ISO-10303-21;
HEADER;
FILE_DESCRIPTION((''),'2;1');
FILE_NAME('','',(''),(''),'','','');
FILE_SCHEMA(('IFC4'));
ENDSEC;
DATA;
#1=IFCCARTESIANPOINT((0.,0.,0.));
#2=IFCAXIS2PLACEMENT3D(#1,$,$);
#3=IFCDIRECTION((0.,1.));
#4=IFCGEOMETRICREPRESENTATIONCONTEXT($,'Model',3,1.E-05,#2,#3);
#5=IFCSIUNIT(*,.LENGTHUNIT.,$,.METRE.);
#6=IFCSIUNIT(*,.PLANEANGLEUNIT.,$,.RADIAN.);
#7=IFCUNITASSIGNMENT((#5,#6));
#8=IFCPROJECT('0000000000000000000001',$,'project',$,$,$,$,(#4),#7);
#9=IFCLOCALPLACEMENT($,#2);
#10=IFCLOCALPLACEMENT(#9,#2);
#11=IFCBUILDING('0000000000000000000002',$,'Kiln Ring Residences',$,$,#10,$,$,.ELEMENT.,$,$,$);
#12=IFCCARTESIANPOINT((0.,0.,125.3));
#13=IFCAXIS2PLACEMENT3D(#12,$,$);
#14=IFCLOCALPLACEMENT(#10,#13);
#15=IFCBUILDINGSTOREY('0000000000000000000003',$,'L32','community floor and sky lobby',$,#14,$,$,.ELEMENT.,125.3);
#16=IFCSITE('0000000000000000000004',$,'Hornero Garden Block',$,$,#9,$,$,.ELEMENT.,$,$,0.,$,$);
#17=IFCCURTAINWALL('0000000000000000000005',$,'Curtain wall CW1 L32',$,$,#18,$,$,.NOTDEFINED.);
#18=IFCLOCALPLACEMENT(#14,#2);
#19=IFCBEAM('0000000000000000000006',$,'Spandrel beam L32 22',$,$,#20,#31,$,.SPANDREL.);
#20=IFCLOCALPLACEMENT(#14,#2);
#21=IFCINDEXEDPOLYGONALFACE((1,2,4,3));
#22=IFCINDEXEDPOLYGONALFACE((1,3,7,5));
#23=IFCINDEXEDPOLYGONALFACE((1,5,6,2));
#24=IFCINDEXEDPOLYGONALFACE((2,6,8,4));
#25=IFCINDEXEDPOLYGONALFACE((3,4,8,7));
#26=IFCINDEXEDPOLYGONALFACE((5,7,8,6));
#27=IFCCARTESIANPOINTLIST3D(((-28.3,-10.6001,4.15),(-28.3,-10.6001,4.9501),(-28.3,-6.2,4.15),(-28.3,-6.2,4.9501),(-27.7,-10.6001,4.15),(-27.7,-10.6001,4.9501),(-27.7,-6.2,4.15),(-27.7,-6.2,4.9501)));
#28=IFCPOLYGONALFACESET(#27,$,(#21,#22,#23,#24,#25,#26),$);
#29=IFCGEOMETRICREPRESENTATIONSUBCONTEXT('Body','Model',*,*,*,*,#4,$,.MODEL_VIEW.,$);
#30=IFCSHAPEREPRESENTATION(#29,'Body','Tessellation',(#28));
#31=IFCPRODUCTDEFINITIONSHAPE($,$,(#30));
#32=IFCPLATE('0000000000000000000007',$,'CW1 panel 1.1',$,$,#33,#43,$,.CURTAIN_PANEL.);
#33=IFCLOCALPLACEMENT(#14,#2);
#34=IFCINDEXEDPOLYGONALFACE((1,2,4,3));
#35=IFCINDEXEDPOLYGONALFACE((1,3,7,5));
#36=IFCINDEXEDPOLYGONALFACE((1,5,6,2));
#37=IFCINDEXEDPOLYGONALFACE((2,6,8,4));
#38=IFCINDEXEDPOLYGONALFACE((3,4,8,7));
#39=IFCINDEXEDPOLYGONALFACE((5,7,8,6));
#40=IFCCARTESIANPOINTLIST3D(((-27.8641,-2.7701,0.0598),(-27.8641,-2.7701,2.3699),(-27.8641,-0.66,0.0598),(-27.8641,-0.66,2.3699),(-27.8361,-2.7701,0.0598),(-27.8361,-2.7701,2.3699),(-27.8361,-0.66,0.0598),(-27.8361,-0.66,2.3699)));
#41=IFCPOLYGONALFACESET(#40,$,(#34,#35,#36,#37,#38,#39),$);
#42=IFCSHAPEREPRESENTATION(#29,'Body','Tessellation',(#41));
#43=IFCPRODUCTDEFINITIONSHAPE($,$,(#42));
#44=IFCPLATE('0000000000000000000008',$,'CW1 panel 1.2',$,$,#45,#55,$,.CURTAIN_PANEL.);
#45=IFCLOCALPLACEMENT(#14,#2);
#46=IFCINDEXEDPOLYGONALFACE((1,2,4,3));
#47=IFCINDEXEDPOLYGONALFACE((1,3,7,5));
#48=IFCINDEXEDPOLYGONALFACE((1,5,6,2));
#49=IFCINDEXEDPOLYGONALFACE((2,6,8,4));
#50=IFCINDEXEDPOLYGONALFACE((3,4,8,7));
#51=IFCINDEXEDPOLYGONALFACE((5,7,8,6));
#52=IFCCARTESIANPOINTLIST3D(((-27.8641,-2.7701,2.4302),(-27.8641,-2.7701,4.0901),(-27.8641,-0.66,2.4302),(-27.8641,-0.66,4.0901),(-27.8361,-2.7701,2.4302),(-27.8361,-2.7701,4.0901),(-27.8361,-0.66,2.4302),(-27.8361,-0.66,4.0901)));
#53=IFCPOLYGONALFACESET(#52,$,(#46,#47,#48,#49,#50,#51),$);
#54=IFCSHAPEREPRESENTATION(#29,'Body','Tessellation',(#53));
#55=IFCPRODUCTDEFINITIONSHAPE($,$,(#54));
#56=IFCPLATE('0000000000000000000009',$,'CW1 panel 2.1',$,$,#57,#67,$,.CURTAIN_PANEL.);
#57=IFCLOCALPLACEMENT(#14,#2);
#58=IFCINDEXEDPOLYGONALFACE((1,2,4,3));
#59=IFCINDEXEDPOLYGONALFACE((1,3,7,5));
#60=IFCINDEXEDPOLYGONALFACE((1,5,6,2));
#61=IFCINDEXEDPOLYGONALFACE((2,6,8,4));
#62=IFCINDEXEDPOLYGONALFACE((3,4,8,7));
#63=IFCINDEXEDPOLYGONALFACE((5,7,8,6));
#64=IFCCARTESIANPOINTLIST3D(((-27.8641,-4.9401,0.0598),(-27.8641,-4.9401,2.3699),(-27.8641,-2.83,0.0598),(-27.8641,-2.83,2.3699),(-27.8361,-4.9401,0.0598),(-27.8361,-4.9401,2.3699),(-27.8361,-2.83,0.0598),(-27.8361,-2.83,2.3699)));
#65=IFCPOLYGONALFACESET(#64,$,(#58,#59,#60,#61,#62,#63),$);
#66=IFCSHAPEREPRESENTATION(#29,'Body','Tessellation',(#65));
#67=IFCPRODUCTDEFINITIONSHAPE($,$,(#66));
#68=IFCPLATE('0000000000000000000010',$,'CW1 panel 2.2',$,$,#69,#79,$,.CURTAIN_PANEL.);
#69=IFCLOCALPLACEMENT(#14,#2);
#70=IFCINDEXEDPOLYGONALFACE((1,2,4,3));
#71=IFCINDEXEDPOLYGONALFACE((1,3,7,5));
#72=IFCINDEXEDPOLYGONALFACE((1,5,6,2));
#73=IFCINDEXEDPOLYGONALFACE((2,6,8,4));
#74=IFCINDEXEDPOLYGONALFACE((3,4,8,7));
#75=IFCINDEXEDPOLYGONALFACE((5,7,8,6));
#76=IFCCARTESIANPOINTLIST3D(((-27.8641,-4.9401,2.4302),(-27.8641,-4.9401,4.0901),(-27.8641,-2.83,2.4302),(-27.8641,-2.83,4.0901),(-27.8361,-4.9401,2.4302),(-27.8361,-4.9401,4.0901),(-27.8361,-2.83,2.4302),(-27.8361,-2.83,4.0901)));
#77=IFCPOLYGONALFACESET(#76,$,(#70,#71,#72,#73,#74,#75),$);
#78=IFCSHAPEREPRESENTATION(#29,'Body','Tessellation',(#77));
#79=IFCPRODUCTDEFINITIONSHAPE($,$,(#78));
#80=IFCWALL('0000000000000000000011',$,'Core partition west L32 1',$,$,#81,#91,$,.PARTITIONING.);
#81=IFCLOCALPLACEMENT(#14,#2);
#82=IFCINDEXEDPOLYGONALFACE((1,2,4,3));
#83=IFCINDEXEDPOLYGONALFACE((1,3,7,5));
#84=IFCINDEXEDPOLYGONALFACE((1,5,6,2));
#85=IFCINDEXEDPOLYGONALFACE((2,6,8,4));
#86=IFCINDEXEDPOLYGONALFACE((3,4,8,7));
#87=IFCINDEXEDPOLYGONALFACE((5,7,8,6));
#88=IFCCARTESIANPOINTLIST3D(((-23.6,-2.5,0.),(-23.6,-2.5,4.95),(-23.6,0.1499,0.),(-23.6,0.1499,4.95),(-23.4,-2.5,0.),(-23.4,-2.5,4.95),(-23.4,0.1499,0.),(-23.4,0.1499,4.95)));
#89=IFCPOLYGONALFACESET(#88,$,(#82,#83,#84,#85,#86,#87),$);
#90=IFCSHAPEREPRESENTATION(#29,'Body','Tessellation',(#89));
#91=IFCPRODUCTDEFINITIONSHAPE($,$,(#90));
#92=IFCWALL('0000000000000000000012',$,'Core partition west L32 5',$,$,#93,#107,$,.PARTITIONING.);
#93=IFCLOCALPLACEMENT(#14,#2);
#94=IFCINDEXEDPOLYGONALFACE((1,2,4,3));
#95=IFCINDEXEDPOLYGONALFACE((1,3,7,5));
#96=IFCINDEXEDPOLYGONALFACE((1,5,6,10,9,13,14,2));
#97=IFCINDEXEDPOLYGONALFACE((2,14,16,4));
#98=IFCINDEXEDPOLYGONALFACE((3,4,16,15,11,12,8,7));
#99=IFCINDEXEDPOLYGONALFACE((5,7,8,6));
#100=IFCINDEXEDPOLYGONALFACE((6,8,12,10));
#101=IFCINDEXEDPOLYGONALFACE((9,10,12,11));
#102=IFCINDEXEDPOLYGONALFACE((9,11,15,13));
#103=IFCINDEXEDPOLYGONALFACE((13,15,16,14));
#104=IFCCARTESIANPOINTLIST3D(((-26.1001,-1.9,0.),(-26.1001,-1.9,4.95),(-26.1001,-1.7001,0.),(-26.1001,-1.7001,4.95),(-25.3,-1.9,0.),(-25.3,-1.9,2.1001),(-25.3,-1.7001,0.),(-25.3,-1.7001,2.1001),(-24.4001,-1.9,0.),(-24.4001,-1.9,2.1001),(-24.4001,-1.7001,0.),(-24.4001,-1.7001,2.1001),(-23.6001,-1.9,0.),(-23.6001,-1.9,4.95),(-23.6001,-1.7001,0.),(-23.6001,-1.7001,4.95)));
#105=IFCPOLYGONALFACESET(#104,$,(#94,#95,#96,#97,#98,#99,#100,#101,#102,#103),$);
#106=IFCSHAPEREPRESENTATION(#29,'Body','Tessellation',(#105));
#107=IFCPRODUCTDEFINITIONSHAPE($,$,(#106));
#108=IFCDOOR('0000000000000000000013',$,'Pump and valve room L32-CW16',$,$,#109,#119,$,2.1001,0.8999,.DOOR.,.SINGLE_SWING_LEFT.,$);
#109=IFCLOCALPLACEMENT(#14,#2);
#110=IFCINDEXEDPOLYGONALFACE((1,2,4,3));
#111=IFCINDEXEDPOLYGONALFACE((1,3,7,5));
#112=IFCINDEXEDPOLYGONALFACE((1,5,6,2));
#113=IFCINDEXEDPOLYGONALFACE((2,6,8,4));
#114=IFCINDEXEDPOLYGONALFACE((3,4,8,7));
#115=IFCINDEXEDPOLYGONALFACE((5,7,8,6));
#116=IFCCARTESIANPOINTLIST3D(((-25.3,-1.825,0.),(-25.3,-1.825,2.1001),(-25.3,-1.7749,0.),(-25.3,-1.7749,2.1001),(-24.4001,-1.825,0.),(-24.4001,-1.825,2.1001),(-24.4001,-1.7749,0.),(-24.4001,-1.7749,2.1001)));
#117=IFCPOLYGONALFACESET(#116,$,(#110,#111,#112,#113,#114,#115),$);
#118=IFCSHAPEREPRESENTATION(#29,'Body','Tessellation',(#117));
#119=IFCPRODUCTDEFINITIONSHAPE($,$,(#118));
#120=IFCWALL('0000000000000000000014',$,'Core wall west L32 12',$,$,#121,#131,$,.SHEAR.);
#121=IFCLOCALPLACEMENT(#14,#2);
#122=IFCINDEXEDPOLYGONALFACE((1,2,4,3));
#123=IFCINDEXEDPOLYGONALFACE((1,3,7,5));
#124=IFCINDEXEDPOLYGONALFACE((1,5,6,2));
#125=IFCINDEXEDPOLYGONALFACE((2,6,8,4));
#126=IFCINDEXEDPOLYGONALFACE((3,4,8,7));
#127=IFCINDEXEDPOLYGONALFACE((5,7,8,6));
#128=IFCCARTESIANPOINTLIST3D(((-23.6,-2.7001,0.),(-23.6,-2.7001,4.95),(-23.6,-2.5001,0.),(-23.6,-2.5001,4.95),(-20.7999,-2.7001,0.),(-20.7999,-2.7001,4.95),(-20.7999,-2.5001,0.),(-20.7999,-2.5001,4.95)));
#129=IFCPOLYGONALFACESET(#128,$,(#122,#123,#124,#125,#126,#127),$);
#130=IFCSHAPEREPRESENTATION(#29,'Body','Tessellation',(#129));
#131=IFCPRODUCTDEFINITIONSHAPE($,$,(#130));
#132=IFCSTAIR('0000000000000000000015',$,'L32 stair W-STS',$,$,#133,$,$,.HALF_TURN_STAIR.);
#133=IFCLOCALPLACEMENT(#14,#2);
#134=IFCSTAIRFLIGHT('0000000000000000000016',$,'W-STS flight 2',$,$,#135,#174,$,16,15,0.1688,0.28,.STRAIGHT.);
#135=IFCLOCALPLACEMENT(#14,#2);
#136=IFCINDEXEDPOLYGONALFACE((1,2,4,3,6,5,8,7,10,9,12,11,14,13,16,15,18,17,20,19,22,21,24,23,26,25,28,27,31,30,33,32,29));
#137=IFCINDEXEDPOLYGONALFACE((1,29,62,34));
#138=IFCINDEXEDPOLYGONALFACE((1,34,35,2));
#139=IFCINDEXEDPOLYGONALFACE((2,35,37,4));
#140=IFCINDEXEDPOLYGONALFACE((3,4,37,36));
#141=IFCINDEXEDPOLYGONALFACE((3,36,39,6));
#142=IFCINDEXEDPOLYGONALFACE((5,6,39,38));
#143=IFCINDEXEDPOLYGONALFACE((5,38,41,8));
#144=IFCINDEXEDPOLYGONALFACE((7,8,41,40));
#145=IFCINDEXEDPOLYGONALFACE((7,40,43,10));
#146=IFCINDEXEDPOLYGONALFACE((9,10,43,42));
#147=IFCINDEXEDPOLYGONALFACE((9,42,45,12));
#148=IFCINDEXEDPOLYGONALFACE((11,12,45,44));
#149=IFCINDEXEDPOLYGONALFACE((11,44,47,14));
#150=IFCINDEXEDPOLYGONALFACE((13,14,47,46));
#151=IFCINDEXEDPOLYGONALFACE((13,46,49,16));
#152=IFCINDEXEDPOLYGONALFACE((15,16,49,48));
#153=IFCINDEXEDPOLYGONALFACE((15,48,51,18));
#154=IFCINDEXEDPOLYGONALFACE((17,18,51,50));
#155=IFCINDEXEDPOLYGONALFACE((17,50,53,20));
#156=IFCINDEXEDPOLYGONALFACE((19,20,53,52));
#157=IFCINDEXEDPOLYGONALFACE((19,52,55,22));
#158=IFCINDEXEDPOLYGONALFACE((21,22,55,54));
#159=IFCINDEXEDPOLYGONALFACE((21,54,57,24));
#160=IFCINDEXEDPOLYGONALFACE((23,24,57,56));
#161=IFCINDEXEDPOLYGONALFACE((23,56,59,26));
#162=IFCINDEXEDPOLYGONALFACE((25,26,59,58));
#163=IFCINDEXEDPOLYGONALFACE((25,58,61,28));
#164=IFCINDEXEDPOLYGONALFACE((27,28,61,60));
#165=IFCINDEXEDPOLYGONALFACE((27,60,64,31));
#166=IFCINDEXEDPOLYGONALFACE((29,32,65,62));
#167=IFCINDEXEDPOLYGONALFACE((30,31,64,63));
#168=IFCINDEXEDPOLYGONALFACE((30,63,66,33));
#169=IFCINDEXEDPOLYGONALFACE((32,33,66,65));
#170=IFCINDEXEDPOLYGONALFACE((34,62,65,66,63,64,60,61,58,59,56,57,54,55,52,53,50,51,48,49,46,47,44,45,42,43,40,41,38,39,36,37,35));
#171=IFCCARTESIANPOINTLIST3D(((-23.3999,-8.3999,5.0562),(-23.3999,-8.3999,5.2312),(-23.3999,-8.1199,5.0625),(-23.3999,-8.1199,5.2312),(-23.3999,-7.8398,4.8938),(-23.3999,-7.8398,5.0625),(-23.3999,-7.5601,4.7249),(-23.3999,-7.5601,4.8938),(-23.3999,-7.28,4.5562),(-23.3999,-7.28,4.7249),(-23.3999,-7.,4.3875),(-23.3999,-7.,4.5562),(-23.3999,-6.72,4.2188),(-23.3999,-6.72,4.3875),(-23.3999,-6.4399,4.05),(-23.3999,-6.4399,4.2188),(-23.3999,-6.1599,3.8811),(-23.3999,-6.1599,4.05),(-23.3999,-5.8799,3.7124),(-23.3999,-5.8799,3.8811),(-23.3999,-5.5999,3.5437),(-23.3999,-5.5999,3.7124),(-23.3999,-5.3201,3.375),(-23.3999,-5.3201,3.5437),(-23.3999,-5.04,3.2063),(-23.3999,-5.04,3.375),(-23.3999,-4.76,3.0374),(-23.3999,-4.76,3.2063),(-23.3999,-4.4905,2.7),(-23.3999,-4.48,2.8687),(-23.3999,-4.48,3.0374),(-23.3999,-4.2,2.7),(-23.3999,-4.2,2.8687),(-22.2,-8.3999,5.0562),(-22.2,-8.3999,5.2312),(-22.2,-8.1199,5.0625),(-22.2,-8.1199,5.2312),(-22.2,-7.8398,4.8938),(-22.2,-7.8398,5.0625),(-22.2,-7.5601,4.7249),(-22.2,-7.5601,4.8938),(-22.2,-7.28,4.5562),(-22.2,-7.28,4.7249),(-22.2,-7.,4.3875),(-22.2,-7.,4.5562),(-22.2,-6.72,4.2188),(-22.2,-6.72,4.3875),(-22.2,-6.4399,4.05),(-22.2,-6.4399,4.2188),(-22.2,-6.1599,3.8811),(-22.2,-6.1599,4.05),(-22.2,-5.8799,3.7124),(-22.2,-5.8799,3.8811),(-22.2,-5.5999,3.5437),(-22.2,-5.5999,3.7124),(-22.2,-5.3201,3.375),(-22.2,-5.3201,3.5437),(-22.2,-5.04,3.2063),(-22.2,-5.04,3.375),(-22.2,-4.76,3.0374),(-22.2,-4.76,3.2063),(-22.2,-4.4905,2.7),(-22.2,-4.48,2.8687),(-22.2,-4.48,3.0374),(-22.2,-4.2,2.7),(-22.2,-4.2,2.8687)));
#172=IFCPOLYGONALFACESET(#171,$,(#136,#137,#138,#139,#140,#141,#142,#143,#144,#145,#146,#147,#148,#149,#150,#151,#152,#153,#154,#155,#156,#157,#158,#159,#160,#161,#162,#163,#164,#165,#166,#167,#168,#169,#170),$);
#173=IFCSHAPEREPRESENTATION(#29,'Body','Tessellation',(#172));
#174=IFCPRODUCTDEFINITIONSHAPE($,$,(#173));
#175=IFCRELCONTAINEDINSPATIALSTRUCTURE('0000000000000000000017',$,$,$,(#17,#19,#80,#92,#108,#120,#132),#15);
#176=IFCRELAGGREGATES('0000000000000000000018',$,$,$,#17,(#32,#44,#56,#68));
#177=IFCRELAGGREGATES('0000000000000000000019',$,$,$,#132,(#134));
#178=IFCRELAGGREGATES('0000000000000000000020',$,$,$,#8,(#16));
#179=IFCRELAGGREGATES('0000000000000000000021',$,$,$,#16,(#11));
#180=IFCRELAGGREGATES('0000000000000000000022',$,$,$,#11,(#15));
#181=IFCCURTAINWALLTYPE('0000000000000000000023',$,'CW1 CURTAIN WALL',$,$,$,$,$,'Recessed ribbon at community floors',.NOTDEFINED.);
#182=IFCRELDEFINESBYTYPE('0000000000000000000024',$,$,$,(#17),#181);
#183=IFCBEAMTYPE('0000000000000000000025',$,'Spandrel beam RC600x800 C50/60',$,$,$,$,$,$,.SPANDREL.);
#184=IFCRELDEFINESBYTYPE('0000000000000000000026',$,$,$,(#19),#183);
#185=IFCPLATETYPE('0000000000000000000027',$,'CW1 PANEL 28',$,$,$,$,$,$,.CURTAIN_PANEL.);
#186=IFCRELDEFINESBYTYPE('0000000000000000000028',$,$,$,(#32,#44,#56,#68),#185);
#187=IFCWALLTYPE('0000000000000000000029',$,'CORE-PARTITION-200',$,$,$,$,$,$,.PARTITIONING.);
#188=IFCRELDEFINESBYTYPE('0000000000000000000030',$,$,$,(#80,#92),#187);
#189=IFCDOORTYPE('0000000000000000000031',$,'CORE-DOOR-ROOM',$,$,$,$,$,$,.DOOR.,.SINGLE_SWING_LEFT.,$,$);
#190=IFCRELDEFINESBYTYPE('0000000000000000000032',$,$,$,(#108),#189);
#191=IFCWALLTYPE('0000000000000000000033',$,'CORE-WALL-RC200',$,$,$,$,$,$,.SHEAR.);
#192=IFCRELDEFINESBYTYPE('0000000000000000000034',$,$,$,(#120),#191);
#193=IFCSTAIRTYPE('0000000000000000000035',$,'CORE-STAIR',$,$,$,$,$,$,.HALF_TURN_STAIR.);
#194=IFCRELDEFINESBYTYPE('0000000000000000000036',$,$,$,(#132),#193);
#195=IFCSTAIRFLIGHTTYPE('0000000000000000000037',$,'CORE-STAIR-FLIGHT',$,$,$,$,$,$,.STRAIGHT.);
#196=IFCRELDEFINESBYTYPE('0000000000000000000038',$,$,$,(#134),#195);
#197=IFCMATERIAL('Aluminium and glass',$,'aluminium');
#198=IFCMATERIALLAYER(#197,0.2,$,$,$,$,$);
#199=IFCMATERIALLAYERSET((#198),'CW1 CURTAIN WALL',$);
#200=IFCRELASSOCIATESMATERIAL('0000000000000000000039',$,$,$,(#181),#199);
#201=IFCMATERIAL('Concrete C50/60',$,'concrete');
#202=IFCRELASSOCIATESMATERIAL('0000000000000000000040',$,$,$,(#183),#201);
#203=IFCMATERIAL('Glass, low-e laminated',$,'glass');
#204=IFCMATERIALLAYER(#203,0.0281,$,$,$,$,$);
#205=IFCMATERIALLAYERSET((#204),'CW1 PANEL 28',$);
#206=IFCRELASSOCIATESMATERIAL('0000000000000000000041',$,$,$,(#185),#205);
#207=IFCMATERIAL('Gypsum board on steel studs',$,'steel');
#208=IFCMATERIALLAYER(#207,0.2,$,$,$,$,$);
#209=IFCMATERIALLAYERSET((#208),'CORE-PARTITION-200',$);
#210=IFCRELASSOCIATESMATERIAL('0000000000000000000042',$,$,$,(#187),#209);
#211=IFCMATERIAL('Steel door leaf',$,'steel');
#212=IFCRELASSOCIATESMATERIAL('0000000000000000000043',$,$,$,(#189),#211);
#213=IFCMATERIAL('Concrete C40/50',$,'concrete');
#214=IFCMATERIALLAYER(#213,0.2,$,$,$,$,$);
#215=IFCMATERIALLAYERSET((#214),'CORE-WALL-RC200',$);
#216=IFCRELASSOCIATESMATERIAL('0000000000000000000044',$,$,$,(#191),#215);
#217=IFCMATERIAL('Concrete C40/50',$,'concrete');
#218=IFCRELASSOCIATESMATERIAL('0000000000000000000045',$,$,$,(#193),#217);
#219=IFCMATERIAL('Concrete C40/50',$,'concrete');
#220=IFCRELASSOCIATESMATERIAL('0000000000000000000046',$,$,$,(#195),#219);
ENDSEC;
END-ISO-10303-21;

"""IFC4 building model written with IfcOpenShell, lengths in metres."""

from ifc_helpers import new_model, si_unit, direction, frame, frame_2d, origin, origin_2d, place, context, subcontext, project, spatial, polyline, rectangle, outline, extrude, material, layer, layer_set, material_profile, profile_set, type_object, element, fill, aggregate, save


model = new_model("IFC4")

# Units and contexts
model_context = context("Model", 3, precision=1e-05, world=origin(), true_north=direction((0.0, 1.0)))
body_context = subcontext(model_context, "Body", "Model", "MODEL_VIEW")
ifc_project = project(units=[si_unit("LENGTHUNIT", "METRE"), si_unit("PLANEANGLEUNIT", "RADIAN")], contexts=[model_context])

# Site, building, storey
site_placement = place(None, origin())
site = spatial("IfcSite", under=ifc_project, at=site_placement, Name="Hornero Garden Block", CompositionType="ELEMENT", RefElevation=0.0)
building_placement = place(site_placement, origin())
building = spatial("IfcBuilding", under=site, at=building_placement, Name="Kiln Ring Residences", CompositionType="ELEMENT")
storey_placement = place(building_placement, frame((0.0, 0.0, 125.3)))
storey = spatial("IfcBuildingStorey", under=building, at=storey_placement, Name="L32", Description="community floor and sky lobby", CompositionType="ELEMENT", Elevation=125.3)

# Curtain wall
ifc_material_1 = material(Name="Aluminium and glass", Category="aluminium")
ifc_layer_1 = layer(ifc_material_1, 0.2)
ifc_layer_set_1 = layer_set([ifc_layer_1], Name="CW1 CURTAIN WALL")
curtain_wall_type = type_object("IfcCurtainWallType", Name="CW1 CURTAIN WALL", ElementType="Recessed ribbon at community floors", PredefinedType="NOTDEFINED", material=ifc_layer_set_1)
placement = place(storey_placement, origin())
curtain_wall_1 = element("IfcCurtainWall", 1, at=placement, inside=storey, type_object=curtain_wall_type, Name="Curtain wall CW1 L32", PredefinedType="NOTDEFINED")

# Beam
ifc_material_2 = material(Name="Concrete C50/60", Category="concrete")
ifc_material_profile_1 = material_profile(ifc_material_2, rectangle(XDim=0.6001, YDim=0.8, at=origin_2d()), Name="RC600x800")
ifc_profile_set_1 = profile_set([ifc_material_profile_1], Name="Concrete C50/60")
beam_type = type_object("IfcBeamType", Name="Spandrel beam RC600x800 C50/60", PredefinedType="SPANDREL", material=ifc_profile_set_1)
beam_1_placement = place(storey_placement, frame((-28.0, -6.2, 4.55), z_axis=(0.0, -1.0, 0.0), x_axis=(1.0, 0.0, 0.0)))
element("IfcBeam", 2, at=beam_1_placement, inside=storey, type_object=beam_type, Name="Spandrel beam L32 22", PredefinedType="SPANDREL", context=body_context, shape_type="SweptSolid", body=[
    extrude(rectangle(XDim=0.6001, YDim=0.8, at=origin_2d()), origin(), (0.0, 0.0, 1.0), 4.4001),
])

# Plates
ifc_material_3 = material(Name="Glass, low-e laminated", Category="glass")
ifc_layer_2 = layer(ifc_material_3, 0.0281)
ifc_layer_set_2 = layer_set([ifc_layer_2], Name="CW1 PANEL 28")
plate_type = type_object("IfcPlateType", Name="CW1 PANEL 28", PredefinedType="CURTAIN_PANEL", material=ifc_layer_set_2)
plate_1_placement = place(storey_placement, frame((-27.8501, -1.7151, 0.0598), z_axis=(0.0, 0.0, 1.0), x_axis=(0.0, -1.0, 0.0)))
plate_1 = element("IfcPlate", 3, at=plate_1_placement, type_object=plate_type, Name="CW1 panel 1.1", PredefinedType="CURTAIN_PANEL", context=body_context, shape_type="SweptSolid", body=[
    extrude(rectangle(XDim=2.1101, YDim=0.0281, at=origin_2d()), origin(), (0.0, 0.0, 1.0), 2.3101),
])
plate_2_placement = place(storey_placement, frame((-27.8501, -1.7151, 2.4302), z_axis=(0.0, 0.0, 1.0), x_axis=(0.0, -1.0, 0.0)))
plate_2 = element("IfcPlate", 4, at=plate_2_placement, type_object=plate_type, Name="CW1 panel 1.2", PredefinedType="CURTAIN_PANEL", context=body_context, shape_type="SweptSolid", body=[
    extrude(rectangle(XDim=2.1101, YDim=0.0281, at=origin_2d()), origin(), (0.0, 0.0, 1.0), 1.6599),
])
plate_3_placement = place(storey_placement, frame((-27.8501, -3.885, 0.0598), z_axis=(0.0, 0.0, 1.0), x_axis=(0.0, -1.0, 0.0)))
plate_3 = element("IfcPlate", 5, at=plate_3_placement, type_object=plate_type, Name="CW1 panel 2.1", PredefinedType="CURTAIN_PANEL", context=body_context, shape_type="SweptSolid", body=[
    extrude(rectangle(XDim=2.1101, YDim=0.0281, at=origin_2d()), origin(), (0.0, 0.0, 1.0), 2.3101),
])
plate_4_placement = place(storey_placement, frame((-27.8501, -3.885, 2.4302), z_axis=(0.0, 0.0, 1.0), x_axis=(0.0, -1.0, 0.0)))
plate_4 = element("IfcPlate", 6, at=plate_4_placement, type_object=plate_type, Name="CW1 panel 2.2", PredefinedType="CURTAIN_PANEL", context=body_context, shape_type="SweptSolid", body=[
    extrude(rectangle(XDim=2.1101, YDim=0.0281, at=origin_2d()), origin(), (0.0, 0.0, 1.0), 1.6599),
])
aggregate(curtain_wall_1, [plate_1, plate_2, plate_3, plate_4])

# Wall
ifc_material_4 = material(Name="Gypsum board on steel studs", Category="steel")
ifc_layer_3 = layer(ifc_material_4, 0.2)
ifc_layer_set_3 = layer_set([ifc_layer_3], Name="CORE-PARTITION-200")
wall_type_1 = type_object("IfcWallType", Name="CORE-PARTITION-200", PredefinedType="PARTITIONING", material=ifc_layer_set_3)
wall_1_placement = place(storey_placement, frame((-23.5, -2.5, 0.0), z_axis=(0.0, 0.0, 1.0), x_axis=(0.0, 1.0, 0.0)))
element("IfcWall", 7, at=wall_1_placement, inside=storey, type_object=wall_type_1, Name="Core partition west L32 1", PredefinedType="PARTITIONING", context=body_context, shape_type="SweptSolid", body=[
    extrude(rectangle(XDim=2.6499, YDim=0.2, at=frame_2d((1.325, 0.0))), origin(), (0.0, 0.0, 1.0), 4.95),
])

# Wall, opening, door
wall_2_placement = place(storey_placement, frame((-23.6001, -1.8, 0.0), z_axis=(0.0, 0.0, 1.0), x_axis=(-1.0, 0.0, 0.0)))
wall_2 = element("IfcWall", 8, at=wall_2_placement, inside=storey, type_object=wall_type_1, Name="Core partition west L32 5", PredefinedType="PARTITIONING", context=body_context, shape_type="SweptSolid", body=[
    extrude(rectangle(XDim=2.5, YDim=0.2, at=frame_2d((1.25, 0.0))), origin(), (0.0, 0.0, 1.0), 4.95),
])
opening_placement = place(wall_2_placement, frame((0.8, 0.0, 0.0)))
opening = element("IfcOpeningElement", 9, at=opening_placement, cuts=wall_2, PredefinedType="OPENING", context=body_context, shape_type="SweptSolid", body=[
    extrude(rectangle(XDim=0.8999, YDim=2.1001, at=frame_2d((0.45, 1.05))), frame((0.0, 0.1099, 0.0), z_axis=(0.0, -1.0, 0.0), x_axis=(1.0, 0.0, 0.0)), (0.0, 0.0, 1.0), 0.22),
])
ifc_material_5 = material(Name="Steel door leaf", Category="steel")
door_type = type_object("IfcDoorType", Name="CORE-DOOR-ROOM", OperationType="SINGLE_SWING_LEFT", PredefinedType="DOOR", material=ifc_material_5)
door_placement = place(opening_placement, origin())
door = element("IfcDoor", 10, at=door_placement, inside=storey, type_object=door_type, Name="Pump and valve room L32-CW16", OperationType="SINGLE_SWING_LEFT", OverallHeight=2.1001, OverallWidth=0.8999, PredefinedType="DOOR", context=body_context, shape_type="SweptSolid", body=[
    extrude(rectangle(XDim=0.8999, YDim=2.1001, at=frame_2d((0.45, 1.05))), frame((0.0, 0.0249, 0.0), z_axis=(0.0, -1.0, 0.0), x_axis=(1.0, 0.0, 0.0)), (0.0, 0.0, 1.0), 0.05),
])
fill(opening, door)

# Wall
ifc_material_6 = material(Name="Concrete C40/50", Category="concrete")
ifc_layer_4 = layer(ifc_material_6, 0.2)
ifc_layer_set_4 = layer_set([ifc_layer_4], Name="CORE-WALL-RC200")
wall_type_2 = type_object("IfcWallType", Name="CORE-WALL-RC200", PredefinedType="SHEAR", material=ifc_layer_set_4)
wall_3_placement = place(storey_placement, frame((-20.8, -2.6001, 0.0), z_axis=(0.0, 0.0, 1.0), x_axis=(-1.0, 0.0, 0.0)))
element("IfcWall", 11, at=wall_3_placement, inside=storey, type_object=wall_type_2, Name="Core wall west L32 12", PredefinedType="SHEAR", context=body_context, shape_type="SweptSolid", body=[
    extrude(rectangle(XDim=2.8, YDim=0.2, at=frame_2d((1.3999, 0.0))), origin(), (0.0, 0.0, 1.0), 4.95),
])

# Stair, stair flight
ifc_material_7 = material(Name="Concrete C40/50", Category="concrete")
stair_type = type_object("IfcStairType", Name="CORE-STAIR", PredefinedType="HALF_TURN_STAIR", material=ifc_material_7)
stair = element("IfcStair", 12, at=placement, inside=storey, type_object=stair_type, Name="L32 stair W-STS", PredefinedType="HALF_TURN_STAIR")
ifc_material_8 = material(Name="Concrete C40/50", Category="concrete")
stair_flight_type = type_object("IfcStairFlightType", Name="CORE-STAIR-FLIGHT", PredefinedType="STRAIGHT", material=ifc_material_8)
stair_flight_placement = place(storey_placement, frame((-22.8, -4.2, 2.7), z_axis=(0.0, 0.0, 1.0), x_axis=(0.0, -1.0, 0.0)))
stair_flight = element("IfcStairFlight", 13, at=stair_flight_placement, type_object=stair_flight_type, Name="W-STS flight 2", NumberOfRisers=16, NumberOfTreads=15, PredefinedType="STRAIGHT", RiserHeight=0.1688, TreadLength=0.28, context=body_context, shape_type="SweptSolid", body=[
    extrude(outline(polyline([(0.0, 0.0), (0.0, 0.1687), (0.28, 0.1687), (0.28, 0.3374), (0.5601, 0.3374), (0.5601, 0.5063), (0.8401, 0.5063), (0.8401, 0.675), (1.1201, 0.675), (1.1201, 0.8438), (1.3999, 0.8438), (1.3999, 1.0125), (1.6799, 1.0125), (1.6799, 1.1812), (1.96, 1.1812), (1.96, 1.3501), (2.24, 1.3501), (2.24, 1.5188), (2.52, 1.5188), (2.52, 1.6875), (2.8, 1.6875), (2.8, 1.8562), (3.0801, 1.8562), (3.0801, 2.0249), (3.3601, 2.0249), (3.3601, 2.1938), (3.6399, 2.1938), (3.6399, 2.3625), (3.9199, 2.3625), (3.9199, 2.5312), (4.2, 2.5312), (4.2, 2.7), (4.2, 2.3562), (0.2905, 0.0), (0.0, 0.0)])), frame((0.0, 0.6001, 0.0), z_axis=(0.0, -1.0, 0.0), x_axis=(1.0, 0.0, 0.0)), (0.0, 0.0, 1.0), 1.2),
])
aggregate(stair, [stair_flight])

save(model, "model.ifc")
